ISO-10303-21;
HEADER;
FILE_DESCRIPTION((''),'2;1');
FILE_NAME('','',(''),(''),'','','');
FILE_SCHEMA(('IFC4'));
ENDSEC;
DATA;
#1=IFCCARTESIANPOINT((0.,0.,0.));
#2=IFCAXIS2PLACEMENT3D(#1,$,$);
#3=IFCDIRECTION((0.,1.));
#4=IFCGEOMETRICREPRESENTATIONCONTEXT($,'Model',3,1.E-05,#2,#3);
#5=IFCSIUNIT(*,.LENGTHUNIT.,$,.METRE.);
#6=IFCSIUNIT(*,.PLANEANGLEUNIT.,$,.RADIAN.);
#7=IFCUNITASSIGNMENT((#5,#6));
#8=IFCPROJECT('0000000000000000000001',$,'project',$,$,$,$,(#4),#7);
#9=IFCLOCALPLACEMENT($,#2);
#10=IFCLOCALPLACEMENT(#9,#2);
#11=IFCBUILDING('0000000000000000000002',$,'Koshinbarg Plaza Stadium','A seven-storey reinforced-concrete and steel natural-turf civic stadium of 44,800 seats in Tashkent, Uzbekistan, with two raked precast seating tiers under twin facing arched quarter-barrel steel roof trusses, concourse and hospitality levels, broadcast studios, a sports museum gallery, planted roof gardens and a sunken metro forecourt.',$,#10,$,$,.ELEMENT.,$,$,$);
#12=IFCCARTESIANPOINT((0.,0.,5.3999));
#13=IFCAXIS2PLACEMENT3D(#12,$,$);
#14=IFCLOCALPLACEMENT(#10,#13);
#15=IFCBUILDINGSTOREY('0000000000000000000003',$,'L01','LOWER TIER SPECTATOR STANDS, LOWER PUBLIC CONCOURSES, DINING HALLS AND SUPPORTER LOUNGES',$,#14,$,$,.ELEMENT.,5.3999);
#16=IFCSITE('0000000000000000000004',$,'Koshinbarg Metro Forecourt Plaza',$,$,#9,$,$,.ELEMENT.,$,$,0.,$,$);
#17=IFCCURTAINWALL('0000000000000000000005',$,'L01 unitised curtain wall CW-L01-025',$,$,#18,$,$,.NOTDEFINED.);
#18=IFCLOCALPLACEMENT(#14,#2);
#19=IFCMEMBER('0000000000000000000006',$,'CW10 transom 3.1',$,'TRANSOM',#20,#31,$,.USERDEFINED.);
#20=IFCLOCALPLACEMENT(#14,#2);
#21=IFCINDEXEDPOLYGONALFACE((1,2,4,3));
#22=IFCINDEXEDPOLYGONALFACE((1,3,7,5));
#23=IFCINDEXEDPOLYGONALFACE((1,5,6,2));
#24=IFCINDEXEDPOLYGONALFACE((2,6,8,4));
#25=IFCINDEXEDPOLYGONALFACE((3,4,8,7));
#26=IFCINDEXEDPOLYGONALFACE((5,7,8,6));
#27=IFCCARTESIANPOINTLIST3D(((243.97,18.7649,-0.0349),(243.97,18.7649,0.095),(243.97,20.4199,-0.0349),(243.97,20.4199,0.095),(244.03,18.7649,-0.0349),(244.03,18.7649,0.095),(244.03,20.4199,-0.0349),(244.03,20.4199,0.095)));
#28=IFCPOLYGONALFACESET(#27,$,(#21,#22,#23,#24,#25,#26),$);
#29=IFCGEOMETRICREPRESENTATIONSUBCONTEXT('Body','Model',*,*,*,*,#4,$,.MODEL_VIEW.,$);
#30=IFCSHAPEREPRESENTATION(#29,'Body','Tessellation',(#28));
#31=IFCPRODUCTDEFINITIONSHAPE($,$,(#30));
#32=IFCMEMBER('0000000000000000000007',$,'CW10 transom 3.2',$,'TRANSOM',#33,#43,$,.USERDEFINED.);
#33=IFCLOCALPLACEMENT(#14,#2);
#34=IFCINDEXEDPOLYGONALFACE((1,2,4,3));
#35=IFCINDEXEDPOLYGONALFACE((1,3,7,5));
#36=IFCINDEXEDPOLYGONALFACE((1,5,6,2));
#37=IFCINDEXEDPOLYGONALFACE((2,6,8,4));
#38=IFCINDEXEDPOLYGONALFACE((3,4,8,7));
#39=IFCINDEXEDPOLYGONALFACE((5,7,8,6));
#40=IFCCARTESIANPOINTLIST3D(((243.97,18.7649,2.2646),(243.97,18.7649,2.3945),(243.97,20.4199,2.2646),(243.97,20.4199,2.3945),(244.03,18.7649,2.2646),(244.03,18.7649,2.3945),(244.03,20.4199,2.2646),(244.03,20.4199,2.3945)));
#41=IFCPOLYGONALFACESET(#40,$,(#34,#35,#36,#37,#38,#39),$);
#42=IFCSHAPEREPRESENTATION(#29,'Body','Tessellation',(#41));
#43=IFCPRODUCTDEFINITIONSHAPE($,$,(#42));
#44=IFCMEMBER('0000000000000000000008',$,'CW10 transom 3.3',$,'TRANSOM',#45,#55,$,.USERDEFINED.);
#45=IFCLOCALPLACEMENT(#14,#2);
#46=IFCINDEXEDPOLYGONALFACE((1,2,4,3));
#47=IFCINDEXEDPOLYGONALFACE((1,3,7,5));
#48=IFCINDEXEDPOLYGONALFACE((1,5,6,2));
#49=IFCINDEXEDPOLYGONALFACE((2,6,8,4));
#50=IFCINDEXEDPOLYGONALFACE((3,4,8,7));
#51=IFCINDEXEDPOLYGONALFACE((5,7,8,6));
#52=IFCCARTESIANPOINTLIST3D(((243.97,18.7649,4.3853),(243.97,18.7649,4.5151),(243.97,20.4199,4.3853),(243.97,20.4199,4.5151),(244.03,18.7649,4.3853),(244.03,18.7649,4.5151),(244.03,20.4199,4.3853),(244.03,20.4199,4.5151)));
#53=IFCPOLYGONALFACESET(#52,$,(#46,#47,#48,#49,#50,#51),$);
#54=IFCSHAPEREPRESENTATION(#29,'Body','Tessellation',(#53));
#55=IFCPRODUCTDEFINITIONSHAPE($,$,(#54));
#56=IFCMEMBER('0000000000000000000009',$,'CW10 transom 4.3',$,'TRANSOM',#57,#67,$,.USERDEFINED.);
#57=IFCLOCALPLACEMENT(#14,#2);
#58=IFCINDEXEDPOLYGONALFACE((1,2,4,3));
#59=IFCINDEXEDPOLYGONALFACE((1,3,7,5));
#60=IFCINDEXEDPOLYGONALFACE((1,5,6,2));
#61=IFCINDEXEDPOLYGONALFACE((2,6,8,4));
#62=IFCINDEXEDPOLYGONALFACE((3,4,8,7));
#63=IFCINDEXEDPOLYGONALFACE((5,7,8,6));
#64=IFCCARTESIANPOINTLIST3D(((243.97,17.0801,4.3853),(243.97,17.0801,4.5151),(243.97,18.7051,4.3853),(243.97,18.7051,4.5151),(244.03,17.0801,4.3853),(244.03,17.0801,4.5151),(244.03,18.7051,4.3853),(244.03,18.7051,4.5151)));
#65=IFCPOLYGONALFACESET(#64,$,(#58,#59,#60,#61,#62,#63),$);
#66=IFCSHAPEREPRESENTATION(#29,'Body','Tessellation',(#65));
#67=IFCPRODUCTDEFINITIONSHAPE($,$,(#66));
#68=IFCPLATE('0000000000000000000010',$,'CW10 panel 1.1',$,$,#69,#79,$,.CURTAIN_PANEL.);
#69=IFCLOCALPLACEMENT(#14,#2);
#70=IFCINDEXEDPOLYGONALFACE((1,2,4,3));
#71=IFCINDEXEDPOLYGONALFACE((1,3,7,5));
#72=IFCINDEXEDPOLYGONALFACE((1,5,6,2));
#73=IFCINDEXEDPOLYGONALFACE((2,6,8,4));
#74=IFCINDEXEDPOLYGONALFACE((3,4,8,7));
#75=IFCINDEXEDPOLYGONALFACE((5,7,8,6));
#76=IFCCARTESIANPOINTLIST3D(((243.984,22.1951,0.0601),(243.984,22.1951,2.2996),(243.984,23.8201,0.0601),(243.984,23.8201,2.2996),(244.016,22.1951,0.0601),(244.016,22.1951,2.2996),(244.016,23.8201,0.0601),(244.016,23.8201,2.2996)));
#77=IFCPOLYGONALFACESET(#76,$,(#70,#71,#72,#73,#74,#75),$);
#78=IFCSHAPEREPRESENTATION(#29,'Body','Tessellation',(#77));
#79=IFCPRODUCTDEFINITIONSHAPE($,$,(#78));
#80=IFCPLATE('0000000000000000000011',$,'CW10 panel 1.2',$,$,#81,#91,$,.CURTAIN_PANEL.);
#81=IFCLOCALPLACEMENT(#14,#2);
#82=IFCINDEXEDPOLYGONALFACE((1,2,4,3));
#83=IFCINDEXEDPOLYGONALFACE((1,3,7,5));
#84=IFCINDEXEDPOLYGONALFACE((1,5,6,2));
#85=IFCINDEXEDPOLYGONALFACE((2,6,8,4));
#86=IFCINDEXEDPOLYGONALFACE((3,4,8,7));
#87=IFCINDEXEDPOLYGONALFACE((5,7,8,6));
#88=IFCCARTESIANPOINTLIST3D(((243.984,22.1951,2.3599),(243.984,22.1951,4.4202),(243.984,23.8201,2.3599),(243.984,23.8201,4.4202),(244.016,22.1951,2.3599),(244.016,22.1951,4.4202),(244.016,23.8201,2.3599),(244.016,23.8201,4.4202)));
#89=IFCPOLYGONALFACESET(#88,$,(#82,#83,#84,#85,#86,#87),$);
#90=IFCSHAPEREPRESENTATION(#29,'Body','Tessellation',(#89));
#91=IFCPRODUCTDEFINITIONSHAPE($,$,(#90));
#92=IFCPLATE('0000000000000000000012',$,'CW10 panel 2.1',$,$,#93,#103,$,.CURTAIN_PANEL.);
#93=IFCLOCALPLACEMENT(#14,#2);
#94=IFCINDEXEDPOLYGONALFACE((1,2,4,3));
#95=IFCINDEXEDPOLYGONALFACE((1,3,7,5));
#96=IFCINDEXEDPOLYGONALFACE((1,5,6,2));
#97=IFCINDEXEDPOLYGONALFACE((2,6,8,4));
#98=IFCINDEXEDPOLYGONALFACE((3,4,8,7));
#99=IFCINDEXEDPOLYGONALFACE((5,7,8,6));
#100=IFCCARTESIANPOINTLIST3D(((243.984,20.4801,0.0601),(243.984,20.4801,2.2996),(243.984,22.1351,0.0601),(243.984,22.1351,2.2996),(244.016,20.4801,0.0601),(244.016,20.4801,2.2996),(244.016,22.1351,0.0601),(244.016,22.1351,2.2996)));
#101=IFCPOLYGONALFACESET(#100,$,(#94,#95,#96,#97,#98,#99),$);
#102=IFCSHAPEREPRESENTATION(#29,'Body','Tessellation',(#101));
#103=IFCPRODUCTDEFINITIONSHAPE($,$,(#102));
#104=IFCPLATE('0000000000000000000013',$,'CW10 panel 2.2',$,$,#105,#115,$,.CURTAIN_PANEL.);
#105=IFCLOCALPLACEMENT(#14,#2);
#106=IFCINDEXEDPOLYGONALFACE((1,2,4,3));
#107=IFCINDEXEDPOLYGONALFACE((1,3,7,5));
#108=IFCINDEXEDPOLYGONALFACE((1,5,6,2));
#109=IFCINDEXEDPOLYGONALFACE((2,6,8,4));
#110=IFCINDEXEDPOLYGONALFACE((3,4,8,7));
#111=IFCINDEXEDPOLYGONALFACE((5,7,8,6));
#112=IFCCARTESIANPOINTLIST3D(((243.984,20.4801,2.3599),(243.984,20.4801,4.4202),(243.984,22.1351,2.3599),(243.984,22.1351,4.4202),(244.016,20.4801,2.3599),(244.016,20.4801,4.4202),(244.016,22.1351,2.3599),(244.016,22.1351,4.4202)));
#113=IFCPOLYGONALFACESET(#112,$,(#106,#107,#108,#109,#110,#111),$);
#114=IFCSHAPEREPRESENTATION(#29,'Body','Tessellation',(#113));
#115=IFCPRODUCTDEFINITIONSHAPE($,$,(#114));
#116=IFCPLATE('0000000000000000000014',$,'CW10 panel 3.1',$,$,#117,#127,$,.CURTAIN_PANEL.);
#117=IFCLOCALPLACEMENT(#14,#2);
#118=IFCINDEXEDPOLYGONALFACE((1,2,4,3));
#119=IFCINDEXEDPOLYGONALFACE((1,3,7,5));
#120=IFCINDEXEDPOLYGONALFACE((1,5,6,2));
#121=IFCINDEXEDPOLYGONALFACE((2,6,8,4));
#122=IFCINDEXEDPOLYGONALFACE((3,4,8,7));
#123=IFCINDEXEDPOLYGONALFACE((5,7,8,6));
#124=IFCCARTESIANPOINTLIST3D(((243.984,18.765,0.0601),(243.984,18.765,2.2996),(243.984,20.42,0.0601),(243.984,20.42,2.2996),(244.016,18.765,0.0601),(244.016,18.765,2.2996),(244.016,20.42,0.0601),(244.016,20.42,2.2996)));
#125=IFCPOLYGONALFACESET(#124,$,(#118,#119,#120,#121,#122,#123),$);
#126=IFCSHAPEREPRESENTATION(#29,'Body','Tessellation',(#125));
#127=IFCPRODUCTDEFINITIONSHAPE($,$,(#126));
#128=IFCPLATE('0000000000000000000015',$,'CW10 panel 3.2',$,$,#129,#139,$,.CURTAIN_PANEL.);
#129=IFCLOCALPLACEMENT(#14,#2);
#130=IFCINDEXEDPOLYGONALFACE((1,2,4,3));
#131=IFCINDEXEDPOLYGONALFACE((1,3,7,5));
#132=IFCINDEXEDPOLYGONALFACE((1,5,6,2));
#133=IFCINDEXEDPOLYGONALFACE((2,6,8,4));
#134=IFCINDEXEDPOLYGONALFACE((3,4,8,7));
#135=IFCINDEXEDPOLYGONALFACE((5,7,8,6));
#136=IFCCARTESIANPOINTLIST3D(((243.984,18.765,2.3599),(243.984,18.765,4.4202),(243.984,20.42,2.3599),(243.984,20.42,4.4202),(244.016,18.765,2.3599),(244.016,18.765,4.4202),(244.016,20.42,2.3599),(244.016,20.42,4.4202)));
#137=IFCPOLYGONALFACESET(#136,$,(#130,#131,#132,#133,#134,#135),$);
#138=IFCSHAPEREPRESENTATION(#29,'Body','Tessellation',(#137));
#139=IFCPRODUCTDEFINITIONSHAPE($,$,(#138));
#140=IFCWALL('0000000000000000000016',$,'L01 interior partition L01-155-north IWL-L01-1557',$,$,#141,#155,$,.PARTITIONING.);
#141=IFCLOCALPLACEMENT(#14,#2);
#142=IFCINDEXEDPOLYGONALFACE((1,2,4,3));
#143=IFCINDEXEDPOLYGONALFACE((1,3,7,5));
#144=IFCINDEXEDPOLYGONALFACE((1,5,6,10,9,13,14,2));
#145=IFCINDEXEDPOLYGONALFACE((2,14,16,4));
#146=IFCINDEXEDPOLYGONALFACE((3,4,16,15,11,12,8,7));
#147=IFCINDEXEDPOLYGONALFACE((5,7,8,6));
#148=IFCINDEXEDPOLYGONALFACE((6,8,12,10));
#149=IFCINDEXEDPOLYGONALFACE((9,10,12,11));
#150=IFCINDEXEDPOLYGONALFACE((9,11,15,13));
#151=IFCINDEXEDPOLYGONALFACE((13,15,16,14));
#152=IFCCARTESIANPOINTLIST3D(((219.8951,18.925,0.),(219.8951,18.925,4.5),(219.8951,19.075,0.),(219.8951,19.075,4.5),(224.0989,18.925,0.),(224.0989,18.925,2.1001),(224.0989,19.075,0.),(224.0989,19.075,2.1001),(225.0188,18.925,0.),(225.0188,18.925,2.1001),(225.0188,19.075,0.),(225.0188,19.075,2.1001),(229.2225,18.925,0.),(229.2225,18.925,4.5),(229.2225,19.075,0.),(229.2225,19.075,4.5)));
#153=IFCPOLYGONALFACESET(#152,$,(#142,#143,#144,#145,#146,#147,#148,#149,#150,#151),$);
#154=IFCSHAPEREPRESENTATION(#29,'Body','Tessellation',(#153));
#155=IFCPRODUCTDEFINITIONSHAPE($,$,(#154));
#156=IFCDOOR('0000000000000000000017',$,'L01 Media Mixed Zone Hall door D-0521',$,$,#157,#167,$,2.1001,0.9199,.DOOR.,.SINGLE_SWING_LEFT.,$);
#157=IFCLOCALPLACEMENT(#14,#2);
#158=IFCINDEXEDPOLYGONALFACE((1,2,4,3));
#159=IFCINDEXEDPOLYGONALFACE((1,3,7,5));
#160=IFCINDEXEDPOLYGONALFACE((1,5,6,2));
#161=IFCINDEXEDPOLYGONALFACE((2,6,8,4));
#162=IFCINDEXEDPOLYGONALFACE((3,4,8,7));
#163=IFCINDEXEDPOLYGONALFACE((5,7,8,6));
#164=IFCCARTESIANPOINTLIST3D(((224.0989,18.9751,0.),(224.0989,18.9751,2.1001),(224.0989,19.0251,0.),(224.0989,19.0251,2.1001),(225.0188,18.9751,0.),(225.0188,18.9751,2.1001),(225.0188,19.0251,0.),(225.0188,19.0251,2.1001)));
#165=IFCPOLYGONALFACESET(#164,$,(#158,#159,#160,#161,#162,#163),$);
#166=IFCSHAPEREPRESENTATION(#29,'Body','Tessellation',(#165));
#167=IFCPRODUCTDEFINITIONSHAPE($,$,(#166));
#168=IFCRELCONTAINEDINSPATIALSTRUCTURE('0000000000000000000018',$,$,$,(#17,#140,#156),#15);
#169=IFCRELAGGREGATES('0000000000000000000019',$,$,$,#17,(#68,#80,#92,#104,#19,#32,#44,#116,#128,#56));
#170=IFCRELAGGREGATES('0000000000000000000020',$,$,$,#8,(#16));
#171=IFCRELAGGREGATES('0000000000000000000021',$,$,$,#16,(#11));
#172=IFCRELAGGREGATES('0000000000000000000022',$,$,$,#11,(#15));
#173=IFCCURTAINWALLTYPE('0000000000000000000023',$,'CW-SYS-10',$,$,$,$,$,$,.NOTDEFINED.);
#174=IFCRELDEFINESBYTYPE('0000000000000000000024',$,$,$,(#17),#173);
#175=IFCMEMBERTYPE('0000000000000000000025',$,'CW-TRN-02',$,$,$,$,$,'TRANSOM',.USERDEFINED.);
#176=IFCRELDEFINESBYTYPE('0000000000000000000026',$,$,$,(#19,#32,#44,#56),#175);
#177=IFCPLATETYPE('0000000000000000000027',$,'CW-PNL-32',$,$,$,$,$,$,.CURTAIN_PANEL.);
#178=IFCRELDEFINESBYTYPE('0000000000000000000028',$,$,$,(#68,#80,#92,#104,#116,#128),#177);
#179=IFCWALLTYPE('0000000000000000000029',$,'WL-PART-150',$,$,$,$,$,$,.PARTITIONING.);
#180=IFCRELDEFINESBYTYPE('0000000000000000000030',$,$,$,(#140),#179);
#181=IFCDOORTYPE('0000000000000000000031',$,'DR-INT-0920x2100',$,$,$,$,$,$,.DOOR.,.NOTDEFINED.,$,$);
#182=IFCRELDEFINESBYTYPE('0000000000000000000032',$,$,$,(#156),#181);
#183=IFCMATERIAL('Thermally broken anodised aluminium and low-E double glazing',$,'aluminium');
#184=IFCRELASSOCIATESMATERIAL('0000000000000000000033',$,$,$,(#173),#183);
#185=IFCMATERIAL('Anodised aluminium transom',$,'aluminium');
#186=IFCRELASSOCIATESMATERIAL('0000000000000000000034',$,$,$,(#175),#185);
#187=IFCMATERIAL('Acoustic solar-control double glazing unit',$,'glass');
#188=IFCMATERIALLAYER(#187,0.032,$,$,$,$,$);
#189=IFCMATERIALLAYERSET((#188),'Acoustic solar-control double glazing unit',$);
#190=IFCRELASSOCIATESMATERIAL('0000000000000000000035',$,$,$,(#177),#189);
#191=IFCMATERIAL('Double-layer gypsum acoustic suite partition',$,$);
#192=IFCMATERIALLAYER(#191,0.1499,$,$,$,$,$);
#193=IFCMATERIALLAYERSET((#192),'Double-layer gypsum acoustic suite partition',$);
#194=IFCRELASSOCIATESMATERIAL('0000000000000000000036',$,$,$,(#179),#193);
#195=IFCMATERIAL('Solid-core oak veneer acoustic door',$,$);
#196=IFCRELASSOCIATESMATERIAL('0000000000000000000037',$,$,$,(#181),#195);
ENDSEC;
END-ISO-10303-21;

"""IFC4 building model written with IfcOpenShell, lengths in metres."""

from ifc_helpers import new_model, si_unit, direction, frame, frame_2d, origin, origin_2d, place, context, subcontext, project, spatial, rectangle, extrude, material, layer, layer_set, material_profile, profile_set, type_object, element, fill, aggregate, save


model = new_model("IFC4")

# Units and contexts
model_context = context("Model", 3, precision=1e-05, world=origin(), true_north=direction((0.0, 1.0)))
body_context = subcontext(model_context, "Body", "Model", "MODEL_VIEW")
ifc_project = project(units=[si_unit("LENGTHUNIT", "METRE"), si_unit("PLANEANGLEUNIT", "RADIAN")], contexts=[model_context])

# Site, building, storey
site_placement = place(None, origin())
site = spatial("IfcSite", under=ifc_project, at=site_placement, Name="Koshinbarg Metro Forecourt Plaza", CompositionType="ELEMENT", RefElevation=0.0)
building_placement = place(site_placement, origin())
building = spatial("IfcBuilding", under=site, at=building_placement, Name="Koshinbarg Plaza Stadium", Description="A seven-storey reinforced-concrete and steel natural-turf civic stadium of 44,800 seats in Tashkent, Uzbekistan, with two raked precast seating tiers under twin facing arched quarter-barrel steel roof trusses, concourse and hospitality levels, broadcast studios, a sports museum gallery, planted roof gardens and a sunken metro forecourt.", CompositionType="ELEMENT")
storey_placement = place(building_placement, frame((0.0, 0.0, 5.3999)))
storey = spatial("IfcBuildingStorey", under=building, at=storey_placement, Name="L01", Description="LOWER TIER SPECTATOR STANDS, LOWER PUBLIC CONCOURSES, DINING HALLS AND SUPPORTER LOUNGES", CompositionType="ELEMENT", Elevation=5.3999)

# Curtain wall, members, plates
ifc_material_1 = material(Name="Thermally broken anodised aluminium and low-E double glazing", Category="aluminium")
curtain_wall_type = type_object("IfcCurtainWallType", Name="CW-SYS-10", PredefinedType="NOTDEFINED", material=ifc_material_1)
curtain_wall_placement = place(storey_placement, origin())
curtain_wall = element("IfcCurtainWall", 1, at=curtain_wall_placement, inside=storey, type_object=curtain_wall_type, Name="L01 unitised curtain wall CW-L01-025", PredefinedType="NOTDEFINED")
ifc_material_2 = material(Name="Anodised aluminium transom", Category="aluminium")
ifc_material_profile_1 = material_profile(ifc_material_2, rectangle(XDim=0.0601, YDim=0.1299, at=origin_2d()), Name="ALU 60x130")
ifc_profile_set_1 = profile_set([ifc_material_profile_1], Name="Anodised aluminium transom")
member_type_1 = type_object("IfcMemberType", Name="CW-TRN-02", ElementType="TRANSOM", PredefinedType="USERDEFINED", material=ifc_profile_set_1)
member_1_placement = place(storey_placement, frame((244.0, 20.4199, 0.03), z_axis=(0.0, -1.0, 0.0), x_axis=(1.0, 0.0, 0.0)))
member_1 = element("IfcMember", 2, at=member_1_placement, type_object=member_type_1, Name="CW10 transom 3.1", ObjectType="TRANSOM", PredefinedType="USERDEFINED", context=body_context, shape_type="SweptSolid", body=[
    extrude(rectangle(XDim=0.0601, YDim=0.1299, at=origin_2d()), origin(), (0.0, 0.0, 1.0), 1.655),
])
member_2_placement = place(storey_placement, frame((244.0, 20.4199, 2.3296), z_axis=(0.0, -1.0, 0.0), x_axis=(1.0, 0.0, 0.0)))
member_2 = element("IfcMember", 3, at=member_2_placement, type_object=member_type_1, Name="CW10 transom 3.2", ObjectType="TRANSOM", PredefinedType="USERDEFINED", context=body_context, shape_type="SweptSolid", body=[
    extrude(rectangle(XDim=0.0601, YDim=0.1299, at=origin_2d()), origin(), (0.0, 0.0, 1.0), 1.655),
])
member_3_placement = place(storey_placement, frame((244.0, 20.4199, 4.4502), z_axis=(0.0, -1.0, 0.0), x_axis=(1.0, 0.0, 0.0)))
member_3 = element("IfcMember", 4, at=member_3_placement, type_object=member_type_1, Name="CW10 transom 3.3", ObjectType="TRANSOM", PredefinedType="USERDEFINED", context=body_context, shape_type="SweptSolid", body=[
    extrude(rectangle(XDim=0.0601, YDim=0.1299, at=origin_2d()), origin(), (0.0, 0.0, 1.0), 1.655),
])
member_4_placement = place(storey_placement, frame((244.0, 18.7051, 4.4502), z_axis=(0.0, -1.0, 0.0), x_axis=(1.0, 0.0, 0.0)))
member_4 = element("IfcMember", 5, at=member_4_placement, type_object=member_type_1, Name="CW10 transom 4.3", ObjectType="TRANSOM", PredefinedType="USERDEFINED", context=body_context, shape_type="SweptSolid", body=[
    extrude(rectangle(XDim=0.0601, YDim=0.1299, at=origin_2d()), origin(), (0.0, 0.0, 1.0), 1.625),
])
ifc_material_3 = material(Name="Acoustic solar-control double glazing unit", Category="glass")
ifc_layer_1 = layer(ifc_material_3, 0.032)
ifc_layer_set_1 = layer_set([ifc_layer_1], Name="Acoustic solar-control double glazing unit")
plate_type = type_object("IfcPlateType", Name="CW-PNL-32", PredefinedType="CURTAIN_PANEL", material=ifc_layer_set_1)
plate_1_placement = place(storey_placement, frame((244.0, 23.0076, 0.0601), z_axis=(0.0, 0.0, 1.0), x_axis=(0.0, -1.0, 0.0)))
plate_1 = element("IfcPlate", 6, at=plate_1_placement, type_object=plate_type, Name="CW10 panel 1.1", PredefinedType="CURTAIN_PANEL", context=body_context, shape_type="SweptSolid", body=[
    extrude(rectangle(XDim=1.625, YDim=0.032, at=origin_2d()), origin(), (0.0, 0.0, 1.0), 2.2395),
])
plate_2_placement = place(storey_placement, frame((244.0, 23.0076, 2.3599), z_axis=(0.0, 0.0, 1.0), x_axis=(0.0, -1.0, 0.0)))
plate_2 = element("IfcPlate", 7, at=plate_2_placement, type_object=plate_type, Name="CW10 panel 1.2", PredefinedType="CURTAIN_PANEL", context=body_context, shape_type="SweptSolid", body=[
    extrude(rectangle(XDim=1.625, YDim=0.032, at=origin_2d()), origin(), (0.0, 0.0, 1.0), 2.0603),
])
plate_3_placement = place(storey_placement, frame((244.0, 21.3076, 0.0601), z_axis=(0.0, 0.0, 1.0), x_axis=(0.0, -1.0, 0.0)))
plate_3 = element("IfcPlate", 8, at=plate_3_placement, type_object=plate_type, Name="CW10 panel 2.1", PredefinedType="CURTAIN_PANEL", context=body_context, shape_type="SweptSolid", body=[
    extrude(rectangle(XDim=1.655, YDim=0.032, at=origin_2d()), origin(), (0.0, 0.0, 1.0), 2.2395),
])
plate_4_placement = place(storey_placement, frame((244.0, 21.3076, 2.3599), z_axis=(0.0, 0.0, 1.0), x_axis=(0.0, -1.0, 0.0)))
plate_4 = element("IfcPlate", 9, at=plate_4_placement, type_object=plate_type, Name="CW10 panel 2.2", PredefinedType="CURTAIN_PANEL", context=body_context, shape_type="SweptSolid", body=[
    extrude(rectangle(XDim=1.655, YDim=0.032, at=origin_2d()), origin(), (0.0, 0.0, 1.0), 2.0603),
])
plate_5_placement = place(storey_placement, frame((244.0, 19.5925, 0.0601), z_axis=(0.0, 0.0, 1.0), x_axis=(0.0, -1.0, 0.0)))
plate_5 = element("IfcPlate", 10, at=plate_5_placement, type_object=plate_type, Name="CW10 panel 3.1", PredefinedType="CURTAIN_PANEL", context=body_context, shape_type="SweptSolid", body=[
    extrude(rectangle(XDim=1.655, YDim=0.032, at=origin_2d()), origin(), (0.0, 0.0, 1.0), 2.2395),
])
plate_6_placement = place(storey_placement, frame((244.0, 19.5925, 2.3599), z_axis=(0.0, 0.0, 1.0), x_axis=(0.0, -1.0, 0.0)))
plate_6 = element("IfcPlate", 11, at=plate_6_placement, type_object=plate_type, Name="CW10 panel 3.2", PredefinedType="CURTAIN_PANEL", context=body_context, shape_type="SweptSolid", body=[
    extrude(rectangle(XDim=1.655, YDim=0.032, at=origin_2d()), origin(), (0.0, 0.0, 1.0), 2.0603),
])
aggregate(curtain_wall, [plate_1, plate_2, plate_3, plate_4, member_1, member_2, member_3, plate_5, plate_6, member_4])

# Wall, opening, door
ifc_material_4 = material(Name="Double-layer gypsum acoustic suite partition")
ifc_layer_2 = layer(ifc_material_4, 0.1499)
ifc_layer_set_2 = layer_set([ifc_layer_2], Name="Double-layer gypsum acoustic suite partition")
wall_type = type_object("IfcWallType", Name="WL-PART-150", PredefinedType="PARTITIONING", material=ifc_layer_set_2)
wall_1_placement = place(storey_placement, frame((229.2224, 19.0, 0.0), z_axis=(0.0, 0.0, 1.0), x_axis=(-1.0, 0.0, 0.0)))
wall_1 = element("IfcWall", 12, at=wall_1_placement, inside=storey, type_object=wall_type, Name="L01 interior partition L01-155-north IWL-L01-1557", PredefinedType="PARTITIONING", context=body_context, shape_type="SweptSolid", body=[
    extrude(rectangle(XDim=9.3274, YDim=0.1499, at=frame_2d((4.6636, 0.0))), origin(), (0.0, 0.0, 1.0), 4.5),
])
opening_1_placement = place(wall_1_placement, frame((4.2036, 0.0, 0.0)))
opening_1 = element("IfcOpeningElement", 13, at=opening_1_placement, cuts=wall_1, PredefinedType="OPENING", context=body_context, shape_type="SweptSolid", body=[
    extrude(rectangle(XDim=0.9199, YDim=2.1001, at=frame_2d((0.46, 1.05))), frame((0.0, 0.085, 0.0), z_axis=(0.0, -1.0, 0.0), x_axis=(1.0, 0.0, 0.0)), (0.0, 0.0, 1.0), 0.1699),
])
ifc_material_5 = material(Name="Solid-core oak veneer acoustic door")
door_type_1 = type_object("IfcDoorType", Name="DR-INT-0920x2100", OperationType="NOTDEFINED", PredefinedType="DOOR", material=ifc_material_5)
door_1_placement = place(opening_1_placement, origin())
door_1 = element("IfcDoor", 14, at=door_1_placement, inside=storey, type_object=door_type_1, Name="L01 Media Mixed Zone Hall door D-0521", OperationType="SINGLE_SWING_LEFT", OverallHeight=2.1001, OverallWidth=0.9199, PredefinedType="DOOR", context=body_context, shape_type="SweptSolid", body=[
    extrude(rectangle(XDim=0.9199, YDim=2.1001, at=frame_2d((0.46, 1.05))), frame((0.0, 0.0249, 0.0), z_axis=(0.0, -1.0, 0.0), x_axis=(1.0, 0.0, 0.0)), (0.0, 0.0, 1.0), 0.05),
])
fill(opening_1, door_1)

save(model, "model.ifc")
